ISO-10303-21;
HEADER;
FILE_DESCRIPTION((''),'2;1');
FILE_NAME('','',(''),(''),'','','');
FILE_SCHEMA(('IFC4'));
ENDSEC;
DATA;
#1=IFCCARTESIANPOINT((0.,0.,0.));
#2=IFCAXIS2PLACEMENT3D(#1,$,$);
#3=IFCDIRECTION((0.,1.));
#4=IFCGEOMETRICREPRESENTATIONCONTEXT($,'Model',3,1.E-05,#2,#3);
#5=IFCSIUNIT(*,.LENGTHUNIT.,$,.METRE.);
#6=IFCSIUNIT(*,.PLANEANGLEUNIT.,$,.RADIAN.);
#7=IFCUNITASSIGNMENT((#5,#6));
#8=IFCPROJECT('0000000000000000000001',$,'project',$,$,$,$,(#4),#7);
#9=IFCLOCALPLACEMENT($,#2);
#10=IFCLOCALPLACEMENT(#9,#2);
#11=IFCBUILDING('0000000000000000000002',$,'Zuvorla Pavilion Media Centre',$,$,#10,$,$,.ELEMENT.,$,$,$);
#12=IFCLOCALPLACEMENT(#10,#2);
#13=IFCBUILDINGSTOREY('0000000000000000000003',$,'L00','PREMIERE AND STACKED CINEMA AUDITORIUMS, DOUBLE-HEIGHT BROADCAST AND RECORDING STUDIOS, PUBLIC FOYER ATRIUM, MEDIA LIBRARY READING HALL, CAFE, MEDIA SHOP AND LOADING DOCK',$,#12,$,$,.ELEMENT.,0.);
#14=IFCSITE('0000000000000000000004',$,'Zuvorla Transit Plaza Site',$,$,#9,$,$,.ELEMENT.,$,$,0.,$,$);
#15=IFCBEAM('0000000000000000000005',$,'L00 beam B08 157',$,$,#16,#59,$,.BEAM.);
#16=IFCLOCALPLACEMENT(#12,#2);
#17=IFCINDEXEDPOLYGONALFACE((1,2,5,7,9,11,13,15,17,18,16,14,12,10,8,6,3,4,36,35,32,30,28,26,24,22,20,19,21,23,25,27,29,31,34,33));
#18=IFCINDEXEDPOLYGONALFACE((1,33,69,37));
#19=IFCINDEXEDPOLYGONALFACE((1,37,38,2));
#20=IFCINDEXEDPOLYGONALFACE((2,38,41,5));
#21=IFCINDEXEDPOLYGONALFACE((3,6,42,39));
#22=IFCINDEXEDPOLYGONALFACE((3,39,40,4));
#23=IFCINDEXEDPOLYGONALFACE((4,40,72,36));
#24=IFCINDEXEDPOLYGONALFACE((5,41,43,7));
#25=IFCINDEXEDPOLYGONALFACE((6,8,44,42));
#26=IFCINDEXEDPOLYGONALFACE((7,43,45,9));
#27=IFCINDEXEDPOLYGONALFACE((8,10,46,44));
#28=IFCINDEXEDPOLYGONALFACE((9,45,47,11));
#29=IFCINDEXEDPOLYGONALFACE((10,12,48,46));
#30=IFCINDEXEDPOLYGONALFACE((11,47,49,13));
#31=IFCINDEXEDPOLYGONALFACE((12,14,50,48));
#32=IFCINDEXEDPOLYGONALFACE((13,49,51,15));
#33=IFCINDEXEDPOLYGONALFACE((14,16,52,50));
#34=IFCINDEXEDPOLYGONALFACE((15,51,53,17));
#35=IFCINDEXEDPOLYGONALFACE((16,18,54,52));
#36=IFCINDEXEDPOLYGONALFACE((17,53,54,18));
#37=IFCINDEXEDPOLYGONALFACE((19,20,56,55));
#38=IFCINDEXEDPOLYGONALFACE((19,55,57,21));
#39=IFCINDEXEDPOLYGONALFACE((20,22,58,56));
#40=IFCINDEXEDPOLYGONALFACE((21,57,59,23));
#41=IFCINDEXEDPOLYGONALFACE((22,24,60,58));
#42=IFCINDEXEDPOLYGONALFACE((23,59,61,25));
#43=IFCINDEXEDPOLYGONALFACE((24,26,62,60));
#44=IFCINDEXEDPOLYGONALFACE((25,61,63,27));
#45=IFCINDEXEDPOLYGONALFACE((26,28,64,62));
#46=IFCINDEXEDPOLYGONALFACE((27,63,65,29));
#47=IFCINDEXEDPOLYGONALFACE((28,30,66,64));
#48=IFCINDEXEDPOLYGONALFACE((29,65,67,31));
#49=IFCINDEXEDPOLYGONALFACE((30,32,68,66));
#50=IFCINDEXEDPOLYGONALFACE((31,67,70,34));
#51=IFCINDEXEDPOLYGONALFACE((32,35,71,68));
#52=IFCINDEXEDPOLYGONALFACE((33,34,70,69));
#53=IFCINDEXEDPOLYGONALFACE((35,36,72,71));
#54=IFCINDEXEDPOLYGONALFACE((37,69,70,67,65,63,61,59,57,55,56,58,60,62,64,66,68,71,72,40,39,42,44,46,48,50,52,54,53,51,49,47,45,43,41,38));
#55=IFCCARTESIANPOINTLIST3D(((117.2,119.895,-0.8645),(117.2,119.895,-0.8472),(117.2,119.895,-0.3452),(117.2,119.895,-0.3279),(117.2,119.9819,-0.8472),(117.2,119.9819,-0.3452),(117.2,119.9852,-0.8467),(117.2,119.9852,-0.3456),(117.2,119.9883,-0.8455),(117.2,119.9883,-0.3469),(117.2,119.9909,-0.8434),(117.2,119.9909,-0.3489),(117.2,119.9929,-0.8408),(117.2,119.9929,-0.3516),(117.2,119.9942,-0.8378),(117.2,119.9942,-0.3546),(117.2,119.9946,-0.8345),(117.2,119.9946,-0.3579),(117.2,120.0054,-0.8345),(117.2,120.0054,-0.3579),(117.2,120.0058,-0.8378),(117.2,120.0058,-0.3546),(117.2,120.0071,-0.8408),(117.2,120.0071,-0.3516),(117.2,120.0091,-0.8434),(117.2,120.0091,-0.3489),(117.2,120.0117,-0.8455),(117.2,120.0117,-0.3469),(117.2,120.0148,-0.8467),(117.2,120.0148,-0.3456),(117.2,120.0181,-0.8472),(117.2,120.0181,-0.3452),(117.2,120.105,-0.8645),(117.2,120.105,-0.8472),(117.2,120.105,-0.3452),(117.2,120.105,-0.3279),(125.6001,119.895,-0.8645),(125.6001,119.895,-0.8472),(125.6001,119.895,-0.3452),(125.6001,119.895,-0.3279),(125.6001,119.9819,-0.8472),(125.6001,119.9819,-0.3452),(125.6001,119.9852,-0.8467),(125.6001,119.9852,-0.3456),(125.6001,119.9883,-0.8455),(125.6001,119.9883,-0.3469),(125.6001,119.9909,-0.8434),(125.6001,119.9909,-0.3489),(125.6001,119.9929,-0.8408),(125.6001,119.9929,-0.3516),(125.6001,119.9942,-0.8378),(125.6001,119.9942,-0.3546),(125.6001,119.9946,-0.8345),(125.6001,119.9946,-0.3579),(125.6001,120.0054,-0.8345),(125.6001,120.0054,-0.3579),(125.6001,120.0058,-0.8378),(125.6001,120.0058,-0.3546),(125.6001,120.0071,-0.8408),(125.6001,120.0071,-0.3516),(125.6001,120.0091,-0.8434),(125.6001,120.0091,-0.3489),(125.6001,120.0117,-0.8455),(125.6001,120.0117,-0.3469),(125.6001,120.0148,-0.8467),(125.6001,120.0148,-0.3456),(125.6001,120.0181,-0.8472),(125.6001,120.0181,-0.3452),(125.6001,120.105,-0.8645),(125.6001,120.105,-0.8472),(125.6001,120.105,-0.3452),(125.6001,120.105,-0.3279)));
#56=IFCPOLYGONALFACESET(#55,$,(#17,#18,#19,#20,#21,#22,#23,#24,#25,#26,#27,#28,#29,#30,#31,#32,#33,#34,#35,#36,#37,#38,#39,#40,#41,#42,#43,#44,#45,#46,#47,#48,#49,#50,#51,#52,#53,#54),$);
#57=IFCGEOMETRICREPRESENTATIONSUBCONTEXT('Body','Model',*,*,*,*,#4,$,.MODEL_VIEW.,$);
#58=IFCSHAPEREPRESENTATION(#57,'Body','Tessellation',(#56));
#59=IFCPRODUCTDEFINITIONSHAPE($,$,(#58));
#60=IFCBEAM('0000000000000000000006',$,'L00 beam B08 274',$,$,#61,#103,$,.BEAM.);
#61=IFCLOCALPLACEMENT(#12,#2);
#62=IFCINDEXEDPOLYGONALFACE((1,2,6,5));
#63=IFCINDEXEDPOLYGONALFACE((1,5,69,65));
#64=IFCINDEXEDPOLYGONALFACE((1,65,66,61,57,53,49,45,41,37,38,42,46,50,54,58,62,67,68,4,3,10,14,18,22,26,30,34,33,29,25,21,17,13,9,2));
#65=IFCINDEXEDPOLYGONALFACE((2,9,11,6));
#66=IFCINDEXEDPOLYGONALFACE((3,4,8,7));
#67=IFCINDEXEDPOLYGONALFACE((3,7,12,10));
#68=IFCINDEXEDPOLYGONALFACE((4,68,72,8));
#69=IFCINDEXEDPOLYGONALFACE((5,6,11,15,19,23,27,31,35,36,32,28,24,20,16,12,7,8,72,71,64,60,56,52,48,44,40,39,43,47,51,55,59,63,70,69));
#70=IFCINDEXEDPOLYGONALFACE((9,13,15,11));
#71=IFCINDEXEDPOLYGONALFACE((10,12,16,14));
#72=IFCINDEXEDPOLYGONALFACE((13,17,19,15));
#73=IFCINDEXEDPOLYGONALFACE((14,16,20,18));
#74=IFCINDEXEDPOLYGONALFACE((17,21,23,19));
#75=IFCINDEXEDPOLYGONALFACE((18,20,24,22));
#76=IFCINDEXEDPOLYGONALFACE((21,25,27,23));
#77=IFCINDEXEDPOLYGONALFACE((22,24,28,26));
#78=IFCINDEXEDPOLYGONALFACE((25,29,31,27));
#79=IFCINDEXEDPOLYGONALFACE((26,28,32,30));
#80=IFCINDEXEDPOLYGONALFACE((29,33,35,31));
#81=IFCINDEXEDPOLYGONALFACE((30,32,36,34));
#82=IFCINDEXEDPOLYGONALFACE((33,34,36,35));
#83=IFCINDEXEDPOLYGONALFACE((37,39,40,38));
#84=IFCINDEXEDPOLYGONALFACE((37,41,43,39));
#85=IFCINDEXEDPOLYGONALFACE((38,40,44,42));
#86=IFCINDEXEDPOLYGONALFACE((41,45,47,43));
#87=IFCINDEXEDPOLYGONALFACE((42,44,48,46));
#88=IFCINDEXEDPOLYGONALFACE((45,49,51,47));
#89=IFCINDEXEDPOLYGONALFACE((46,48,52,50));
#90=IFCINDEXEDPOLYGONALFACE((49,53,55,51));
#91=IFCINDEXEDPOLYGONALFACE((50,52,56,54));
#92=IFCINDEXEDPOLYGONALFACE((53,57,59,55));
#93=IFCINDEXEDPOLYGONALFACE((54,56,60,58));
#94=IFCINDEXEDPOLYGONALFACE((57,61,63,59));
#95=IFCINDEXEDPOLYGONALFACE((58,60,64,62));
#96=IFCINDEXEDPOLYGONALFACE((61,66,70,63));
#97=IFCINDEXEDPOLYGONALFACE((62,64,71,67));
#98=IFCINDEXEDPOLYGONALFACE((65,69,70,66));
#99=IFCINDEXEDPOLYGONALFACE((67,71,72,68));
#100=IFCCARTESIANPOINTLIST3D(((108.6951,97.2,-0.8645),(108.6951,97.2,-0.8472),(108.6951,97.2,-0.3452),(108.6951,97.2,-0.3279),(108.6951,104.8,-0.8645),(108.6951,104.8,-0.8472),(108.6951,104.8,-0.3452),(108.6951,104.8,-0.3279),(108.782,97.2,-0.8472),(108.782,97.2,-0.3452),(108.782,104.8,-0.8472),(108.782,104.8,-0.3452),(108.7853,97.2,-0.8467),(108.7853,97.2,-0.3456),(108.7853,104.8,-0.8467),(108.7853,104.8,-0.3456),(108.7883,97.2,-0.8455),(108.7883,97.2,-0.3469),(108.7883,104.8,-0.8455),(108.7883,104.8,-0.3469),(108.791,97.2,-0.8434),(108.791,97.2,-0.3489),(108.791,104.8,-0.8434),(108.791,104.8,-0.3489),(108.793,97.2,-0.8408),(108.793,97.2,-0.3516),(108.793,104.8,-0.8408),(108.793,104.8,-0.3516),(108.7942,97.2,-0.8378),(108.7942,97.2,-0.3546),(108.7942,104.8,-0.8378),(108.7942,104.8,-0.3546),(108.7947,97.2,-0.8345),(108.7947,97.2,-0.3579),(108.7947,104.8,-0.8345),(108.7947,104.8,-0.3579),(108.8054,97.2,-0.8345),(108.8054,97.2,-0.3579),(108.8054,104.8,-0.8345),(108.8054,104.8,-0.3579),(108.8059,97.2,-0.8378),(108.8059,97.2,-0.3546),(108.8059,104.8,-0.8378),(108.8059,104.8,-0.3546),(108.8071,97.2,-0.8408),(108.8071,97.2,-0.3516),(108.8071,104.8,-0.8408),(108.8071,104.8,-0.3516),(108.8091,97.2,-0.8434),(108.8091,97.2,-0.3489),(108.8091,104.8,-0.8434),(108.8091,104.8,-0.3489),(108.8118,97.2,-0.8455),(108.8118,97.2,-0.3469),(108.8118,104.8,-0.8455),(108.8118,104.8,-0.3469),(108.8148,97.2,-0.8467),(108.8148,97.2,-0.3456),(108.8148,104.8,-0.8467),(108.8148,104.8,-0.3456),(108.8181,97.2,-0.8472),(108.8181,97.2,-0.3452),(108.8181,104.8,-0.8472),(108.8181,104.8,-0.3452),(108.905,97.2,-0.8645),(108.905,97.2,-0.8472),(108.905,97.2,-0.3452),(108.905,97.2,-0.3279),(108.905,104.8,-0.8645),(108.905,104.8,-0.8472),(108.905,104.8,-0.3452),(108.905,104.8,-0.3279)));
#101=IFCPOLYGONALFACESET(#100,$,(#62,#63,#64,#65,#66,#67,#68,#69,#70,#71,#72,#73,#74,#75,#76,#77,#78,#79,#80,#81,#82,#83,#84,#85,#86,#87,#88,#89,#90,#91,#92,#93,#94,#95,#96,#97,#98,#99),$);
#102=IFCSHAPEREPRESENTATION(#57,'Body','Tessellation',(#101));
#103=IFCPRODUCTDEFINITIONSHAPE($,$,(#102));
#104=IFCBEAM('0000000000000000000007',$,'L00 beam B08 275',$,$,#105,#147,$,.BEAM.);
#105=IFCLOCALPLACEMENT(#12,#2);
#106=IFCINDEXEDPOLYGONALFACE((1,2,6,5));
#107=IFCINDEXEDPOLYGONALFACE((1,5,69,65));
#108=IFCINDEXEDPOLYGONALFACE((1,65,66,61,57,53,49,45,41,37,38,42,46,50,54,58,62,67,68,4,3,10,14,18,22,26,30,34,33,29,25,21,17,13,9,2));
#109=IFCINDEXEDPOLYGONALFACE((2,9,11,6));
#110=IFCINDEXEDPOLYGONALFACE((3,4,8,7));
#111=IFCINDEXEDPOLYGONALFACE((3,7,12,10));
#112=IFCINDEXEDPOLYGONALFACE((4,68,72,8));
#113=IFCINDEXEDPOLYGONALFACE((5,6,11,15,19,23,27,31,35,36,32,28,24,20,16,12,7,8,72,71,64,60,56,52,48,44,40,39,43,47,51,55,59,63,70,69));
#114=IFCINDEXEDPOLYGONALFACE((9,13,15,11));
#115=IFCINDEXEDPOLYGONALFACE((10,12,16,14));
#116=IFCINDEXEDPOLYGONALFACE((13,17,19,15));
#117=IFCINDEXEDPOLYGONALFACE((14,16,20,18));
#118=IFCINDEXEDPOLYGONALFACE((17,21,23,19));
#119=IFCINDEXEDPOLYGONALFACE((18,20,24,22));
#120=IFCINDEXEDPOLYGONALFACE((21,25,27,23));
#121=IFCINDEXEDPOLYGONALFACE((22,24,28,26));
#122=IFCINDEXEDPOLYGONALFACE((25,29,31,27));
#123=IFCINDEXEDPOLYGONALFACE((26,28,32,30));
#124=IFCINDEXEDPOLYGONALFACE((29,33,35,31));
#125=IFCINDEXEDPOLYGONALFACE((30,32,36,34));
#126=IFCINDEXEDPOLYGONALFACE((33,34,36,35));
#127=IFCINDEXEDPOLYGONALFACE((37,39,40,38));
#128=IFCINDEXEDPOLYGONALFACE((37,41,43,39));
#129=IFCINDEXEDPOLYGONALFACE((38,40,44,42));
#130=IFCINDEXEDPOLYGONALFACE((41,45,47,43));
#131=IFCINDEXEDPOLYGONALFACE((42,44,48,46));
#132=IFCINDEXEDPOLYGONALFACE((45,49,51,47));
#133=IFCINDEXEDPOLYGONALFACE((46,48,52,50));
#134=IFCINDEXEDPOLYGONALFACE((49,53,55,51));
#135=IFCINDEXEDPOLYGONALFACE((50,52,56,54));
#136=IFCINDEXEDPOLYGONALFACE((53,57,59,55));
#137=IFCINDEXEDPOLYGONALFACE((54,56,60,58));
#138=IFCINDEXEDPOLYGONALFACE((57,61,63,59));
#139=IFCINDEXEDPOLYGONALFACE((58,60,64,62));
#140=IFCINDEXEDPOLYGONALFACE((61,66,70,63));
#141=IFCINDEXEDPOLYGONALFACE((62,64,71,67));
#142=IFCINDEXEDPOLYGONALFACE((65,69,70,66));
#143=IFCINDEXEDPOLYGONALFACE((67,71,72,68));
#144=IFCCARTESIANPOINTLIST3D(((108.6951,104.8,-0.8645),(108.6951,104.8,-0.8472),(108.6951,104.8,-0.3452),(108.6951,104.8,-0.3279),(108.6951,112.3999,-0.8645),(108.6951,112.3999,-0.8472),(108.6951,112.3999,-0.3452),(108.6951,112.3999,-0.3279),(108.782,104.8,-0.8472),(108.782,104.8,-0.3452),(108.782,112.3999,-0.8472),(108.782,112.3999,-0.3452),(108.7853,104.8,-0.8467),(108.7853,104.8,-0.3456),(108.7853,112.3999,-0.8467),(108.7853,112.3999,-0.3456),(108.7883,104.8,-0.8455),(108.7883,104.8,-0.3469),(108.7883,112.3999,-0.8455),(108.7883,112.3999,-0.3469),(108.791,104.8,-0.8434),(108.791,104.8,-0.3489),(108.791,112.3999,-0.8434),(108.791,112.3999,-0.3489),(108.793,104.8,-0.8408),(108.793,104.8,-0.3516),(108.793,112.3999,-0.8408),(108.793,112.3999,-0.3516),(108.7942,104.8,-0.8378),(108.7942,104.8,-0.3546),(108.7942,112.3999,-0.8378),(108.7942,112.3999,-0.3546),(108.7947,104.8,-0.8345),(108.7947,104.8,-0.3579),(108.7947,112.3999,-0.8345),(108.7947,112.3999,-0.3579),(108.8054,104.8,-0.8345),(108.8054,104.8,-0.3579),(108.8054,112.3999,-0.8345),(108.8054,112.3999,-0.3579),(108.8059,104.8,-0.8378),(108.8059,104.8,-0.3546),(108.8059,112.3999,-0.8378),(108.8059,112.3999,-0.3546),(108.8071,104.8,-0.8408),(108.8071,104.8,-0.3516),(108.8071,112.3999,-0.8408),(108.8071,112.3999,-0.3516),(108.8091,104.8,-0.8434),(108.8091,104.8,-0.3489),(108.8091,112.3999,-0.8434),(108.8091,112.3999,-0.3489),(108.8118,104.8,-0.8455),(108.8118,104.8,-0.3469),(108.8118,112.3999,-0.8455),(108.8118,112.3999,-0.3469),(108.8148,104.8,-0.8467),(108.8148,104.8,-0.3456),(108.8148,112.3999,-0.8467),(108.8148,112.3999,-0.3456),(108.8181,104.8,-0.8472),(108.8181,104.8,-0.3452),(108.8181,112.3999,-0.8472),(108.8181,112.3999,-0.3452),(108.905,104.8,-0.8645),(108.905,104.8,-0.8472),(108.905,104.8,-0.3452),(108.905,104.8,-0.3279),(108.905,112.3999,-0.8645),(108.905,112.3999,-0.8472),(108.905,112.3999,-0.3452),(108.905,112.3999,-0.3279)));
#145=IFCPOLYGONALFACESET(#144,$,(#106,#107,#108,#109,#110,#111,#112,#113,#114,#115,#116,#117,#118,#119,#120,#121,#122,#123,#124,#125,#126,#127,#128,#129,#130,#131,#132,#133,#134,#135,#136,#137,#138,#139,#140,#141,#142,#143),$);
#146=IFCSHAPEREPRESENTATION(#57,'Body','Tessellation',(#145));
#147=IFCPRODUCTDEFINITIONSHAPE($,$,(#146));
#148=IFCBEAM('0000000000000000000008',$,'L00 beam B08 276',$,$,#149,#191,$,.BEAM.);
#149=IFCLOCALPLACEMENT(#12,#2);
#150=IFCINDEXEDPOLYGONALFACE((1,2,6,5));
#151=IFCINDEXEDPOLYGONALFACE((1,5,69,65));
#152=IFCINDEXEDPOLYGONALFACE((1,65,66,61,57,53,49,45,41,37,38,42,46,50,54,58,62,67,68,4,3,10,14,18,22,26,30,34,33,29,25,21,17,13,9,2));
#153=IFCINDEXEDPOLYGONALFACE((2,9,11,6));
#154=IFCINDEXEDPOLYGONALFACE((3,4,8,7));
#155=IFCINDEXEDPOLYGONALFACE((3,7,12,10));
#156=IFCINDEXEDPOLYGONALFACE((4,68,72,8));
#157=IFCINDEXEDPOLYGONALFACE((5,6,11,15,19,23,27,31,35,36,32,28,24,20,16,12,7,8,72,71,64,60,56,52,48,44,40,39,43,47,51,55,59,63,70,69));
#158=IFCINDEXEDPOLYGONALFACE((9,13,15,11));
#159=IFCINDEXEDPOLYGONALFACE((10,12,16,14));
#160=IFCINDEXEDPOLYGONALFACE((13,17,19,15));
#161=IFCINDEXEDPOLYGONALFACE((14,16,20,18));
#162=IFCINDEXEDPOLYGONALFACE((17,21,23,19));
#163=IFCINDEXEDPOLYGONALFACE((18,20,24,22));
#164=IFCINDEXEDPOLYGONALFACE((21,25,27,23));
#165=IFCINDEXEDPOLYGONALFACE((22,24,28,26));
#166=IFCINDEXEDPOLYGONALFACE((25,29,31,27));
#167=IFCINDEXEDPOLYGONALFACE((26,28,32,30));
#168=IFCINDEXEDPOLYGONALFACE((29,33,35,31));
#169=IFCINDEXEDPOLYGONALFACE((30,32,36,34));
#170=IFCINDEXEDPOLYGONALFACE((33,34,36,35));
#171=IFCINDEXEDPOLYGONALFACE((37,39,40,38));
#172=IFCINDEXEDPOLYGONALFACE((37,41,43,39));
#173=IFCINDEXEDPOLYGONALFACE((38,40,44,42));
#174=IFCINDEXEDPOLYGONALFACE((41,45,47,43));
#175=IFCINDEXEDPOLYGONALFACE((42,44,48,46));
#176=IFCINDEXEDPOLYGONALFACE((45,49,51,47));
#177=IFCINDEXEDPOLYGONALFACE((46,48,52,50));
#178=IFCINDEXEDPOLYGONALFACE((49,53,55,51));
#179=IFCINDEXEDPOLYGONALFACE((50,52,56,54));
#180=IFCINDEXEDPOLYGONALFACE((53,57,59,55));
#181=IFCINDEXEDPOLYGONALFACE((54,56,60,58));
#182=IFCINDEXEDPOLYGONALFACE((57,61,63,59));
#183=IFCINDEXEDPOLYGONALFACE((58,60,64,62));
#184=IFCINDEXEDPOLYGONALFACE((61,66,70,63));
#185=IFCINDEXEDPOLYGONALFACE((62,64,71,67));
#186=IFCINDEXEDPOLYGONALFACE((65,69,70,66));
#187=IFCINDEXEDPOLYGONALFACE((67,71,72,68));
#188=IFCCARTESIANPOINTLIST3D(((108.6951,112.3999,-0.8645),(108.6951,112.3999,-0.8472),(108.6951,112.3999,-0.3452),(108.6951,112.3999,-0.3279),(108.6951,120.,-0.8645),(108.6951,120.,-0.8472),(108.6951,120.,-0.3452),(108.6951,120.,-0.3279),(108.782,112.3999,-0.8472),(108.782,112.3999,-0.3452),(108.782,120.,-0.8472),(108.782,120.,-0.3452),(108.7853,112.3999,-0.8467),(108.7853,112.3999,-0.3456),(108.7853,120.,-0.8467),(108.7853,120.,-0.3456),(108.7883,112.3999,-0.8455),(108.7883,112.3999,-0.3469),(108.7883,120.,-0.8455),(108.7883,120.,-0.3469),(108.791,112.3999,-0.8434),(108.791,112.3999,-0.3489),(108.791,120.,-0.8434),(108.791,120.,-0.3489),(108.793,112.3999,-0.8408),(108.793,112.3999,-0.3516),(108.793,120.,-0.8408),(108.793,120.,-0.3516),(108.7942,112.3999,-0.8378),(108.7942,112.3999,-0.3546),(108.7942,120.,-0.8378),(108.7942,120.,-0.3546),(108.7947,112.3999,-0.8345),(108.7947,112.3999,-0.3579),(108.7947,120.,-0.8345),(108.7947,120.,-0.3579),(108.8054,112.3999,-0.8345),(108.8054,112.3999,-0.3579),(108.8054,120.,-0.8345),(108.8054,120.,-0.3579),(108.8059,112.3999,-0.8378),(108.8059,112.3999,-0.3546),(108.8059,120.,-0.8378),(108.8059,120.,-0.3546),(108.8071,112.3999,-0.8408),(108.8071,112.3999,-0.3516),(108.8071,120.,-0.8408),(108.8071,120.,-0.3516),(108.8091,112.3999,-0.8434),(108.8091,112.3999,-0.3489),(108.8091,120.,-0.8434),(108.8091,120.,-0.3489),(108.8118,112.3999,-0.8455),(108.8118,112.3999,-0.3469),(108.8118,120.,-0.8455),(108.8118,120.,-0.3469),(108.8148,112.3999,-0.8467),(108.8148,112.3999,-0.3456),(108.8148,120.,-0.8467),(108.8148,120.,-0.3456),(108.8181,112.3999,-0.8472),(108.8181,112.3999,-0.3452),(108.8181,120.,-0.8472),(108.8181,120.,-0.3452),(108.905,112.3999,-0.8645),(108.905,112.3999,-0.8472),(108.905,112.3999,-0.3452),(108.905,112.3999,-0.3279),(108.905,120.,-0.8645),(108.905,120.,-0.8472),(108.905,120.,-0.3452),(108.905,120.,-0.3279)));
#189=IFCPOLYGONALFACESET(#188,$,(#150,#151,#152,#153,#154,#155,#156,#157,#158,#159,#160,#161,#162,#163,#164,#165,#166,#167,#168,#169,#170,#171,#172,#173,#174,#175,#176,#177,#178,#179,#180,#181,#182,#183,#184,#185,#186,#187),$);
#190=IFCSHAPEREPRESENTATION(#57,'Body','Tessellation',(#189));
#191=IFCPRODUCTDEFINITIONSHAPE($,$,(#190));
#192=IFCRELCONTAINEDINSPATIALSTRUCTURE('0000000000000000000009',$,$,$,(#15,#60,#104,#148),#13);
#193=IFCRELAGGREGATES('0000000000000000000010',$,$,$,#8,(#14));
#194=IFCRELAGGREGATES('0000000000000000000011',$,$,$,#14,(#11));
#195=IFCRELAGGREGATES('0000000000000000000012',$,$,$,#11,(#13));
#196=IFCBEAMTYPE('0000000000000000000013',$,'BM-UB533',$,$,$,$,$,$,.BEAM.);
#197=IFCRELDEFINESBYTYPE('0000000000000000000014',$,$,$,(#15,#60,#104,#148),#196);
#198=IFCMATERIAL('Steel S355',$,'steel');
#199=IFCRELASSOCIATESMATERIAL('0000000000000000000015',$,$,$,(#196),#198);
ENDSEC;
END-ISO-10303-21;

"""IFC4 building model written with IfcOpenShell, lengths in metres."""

from ifc_helpers import new_model, si_unit, direction, frame, origin, origin_2d, place, context, subcontext, project, spatial, i_section, extrude, material, material_profile, profile_set, type_object, element, save


model = new_model("IFC4")

# Units and contexts
model_context = context("Model", 3, precision=1e-05, world=origin(), true_north=direction((0.0, 1.0)))
body_context = subcontext(model_context, "Body", "Model", "MODEL_VIEW")
ifc_project = project(units=[si_unit("LENGTHUNIT", "METRE"), si_unit("PLANEANGLEUNIT", "RADIAN")], contexts=[model_context])

# Site, building, storey
site_placement = place(None, origin())
site = spatial("IfcSite", under=ifc_project, at=site_placement, Name="Zuvorla Transit Plaza Site", CompositionType="ELEMENT", RefElevation=0.0)
building_placement = place(site_placement, origin())
building = spatial("IfcBuilding", under=site, at=building_placement, Name="Zuvorla Pavilion Media Centre", CompositionType="ELEMENT")
storey_placement = place(building_placement, origin())
storey = spatial("IfcBuildingStorey", under=building, at=storey_placement, Name="L00", Description="PREMIERE AND STACKED CINEMA AUDITORIUMS, DOUBLE-HEIGHT BROADCAST AND RECORDING STUDIOS, PUBLIC FOYER ATRIUM, MEDIA LIBRARY READING HALL, CAFE, MEDIA SHOP AND LOADING DOCK", CompositionType="ELEMENT", Elevation=0.0)

# Beams
ifc_material_1 = material(Name="Steel S355", Category="steel")
ifc_material_profile_1 = material_profile(ifc_material_1, i_section(OverallWidth=0.21, OverallDepth=0.5366, WebThickness=0.0107, FlangeThickness=0.0173, FilletRadius=0.0127, at=origin_2d()), Name="UB 533x210x101")
ifc_profile_set_1 = profile_set([ifc_material_profile_1], Name="Steel S355")
beam_type_1 = type_object("IfcBeamType", Name="BM-UB533", PredefinedType="BEAM", material=ifc_profile_set_1)
beam_1_placement = place(storey_placement, frame((117.2, 120.0, -0.5962), z_axis=(1.0, 0.0, 0.0), x_axis=(0.0, 1.0, 0.0)))
element("IfcBeam", 1, at=beam_1_placement, inside=storey, type_object=beam_type_1, Name="L00 beam B08 157", PredefinedType="BEAM", context=body_context, shape_type="SweptSolid", body=[
    extrude(i_section(OverallWidth=0.21, OverallDepth=0.5366, WebThickness=0.0107, FlangeThickness=0.0173, FilletRadius=0.0127, at=origin_2d()), origin(), (0.0, 0.0, 1.0), 8.4001),
])
beam_2_placement = place(storey_placement, frame((108.8, 97.2, -0.5962), z_axis=(0.0, 1.0, 0.0), x_axis=(-1.0, 0.0, 0.0)))
element("IfcBeam", 2, at=beam_2_placement, inside=storey, type_object=beam_type_1, Name="L00 beam B08 274", PredefinedType="BEAM", context=body_context, shape_type="SweptSolid", body=[
    extrude(i_section(OverallWidth=0.21, OverallDepth=0.5366, WebThickness=0.0107, FlangeThickness=0.0173, FilletRadius=0.0127, at=origin_2d()), origin(), (0.0, 0.0, 1.0), 7.6001),
])
beam_3_placement = place(storey_placement, frame((108.8, 104.8, -0.5962), z_axis=(0.0, 1.0, 0.0), x_axis=(-1.0, 0.0, 0.0)))
element("IfcBeam", 3, at=beam_3_placement, inside=storey, type_object=beam_type_1, Name="L00 beam B08 275", PredefinedType="BEAM", context=body_context, shape_type="SweptSolid", body=[
    extrude(i_section(OverallWidth=0.21, OverallDepth=0.5366, WebThickness=0.0107, FlangeThickness=0.0173, FilletRadius=0.0127, at=origin_2d()), origin(), (0.0, 0.0, 1.0), 7.5999),
])
for number, where, z_axis, x_axis, name in (
    (4, (108.8, 112.3999, -0.5962), (0.0, 1.0, 0.0), (-1.0, 0.0, 0.0), "L00 beam B08 276"),
):
    element("IfcBeam", number, at=place(storey_placement, frame(where, z_axis=z_axis, x_axis=x_axis)), inside=storey, type_object=beam_type_1, Name=name, PredefinedType="BEAM", context=body_context, shape_type="SweptSolid", body=[
        extrude(i_section(OverallWidth=0.21, OverallDepth=0.5366, WebThickness=0.0107, FlangeThickness=0.0173, FilletRadius=0.0127, at=origin_2d()), origin(), (0.0, 0.0, 1.0), 7.6001),
    ])

save(model, "model.ifc")
